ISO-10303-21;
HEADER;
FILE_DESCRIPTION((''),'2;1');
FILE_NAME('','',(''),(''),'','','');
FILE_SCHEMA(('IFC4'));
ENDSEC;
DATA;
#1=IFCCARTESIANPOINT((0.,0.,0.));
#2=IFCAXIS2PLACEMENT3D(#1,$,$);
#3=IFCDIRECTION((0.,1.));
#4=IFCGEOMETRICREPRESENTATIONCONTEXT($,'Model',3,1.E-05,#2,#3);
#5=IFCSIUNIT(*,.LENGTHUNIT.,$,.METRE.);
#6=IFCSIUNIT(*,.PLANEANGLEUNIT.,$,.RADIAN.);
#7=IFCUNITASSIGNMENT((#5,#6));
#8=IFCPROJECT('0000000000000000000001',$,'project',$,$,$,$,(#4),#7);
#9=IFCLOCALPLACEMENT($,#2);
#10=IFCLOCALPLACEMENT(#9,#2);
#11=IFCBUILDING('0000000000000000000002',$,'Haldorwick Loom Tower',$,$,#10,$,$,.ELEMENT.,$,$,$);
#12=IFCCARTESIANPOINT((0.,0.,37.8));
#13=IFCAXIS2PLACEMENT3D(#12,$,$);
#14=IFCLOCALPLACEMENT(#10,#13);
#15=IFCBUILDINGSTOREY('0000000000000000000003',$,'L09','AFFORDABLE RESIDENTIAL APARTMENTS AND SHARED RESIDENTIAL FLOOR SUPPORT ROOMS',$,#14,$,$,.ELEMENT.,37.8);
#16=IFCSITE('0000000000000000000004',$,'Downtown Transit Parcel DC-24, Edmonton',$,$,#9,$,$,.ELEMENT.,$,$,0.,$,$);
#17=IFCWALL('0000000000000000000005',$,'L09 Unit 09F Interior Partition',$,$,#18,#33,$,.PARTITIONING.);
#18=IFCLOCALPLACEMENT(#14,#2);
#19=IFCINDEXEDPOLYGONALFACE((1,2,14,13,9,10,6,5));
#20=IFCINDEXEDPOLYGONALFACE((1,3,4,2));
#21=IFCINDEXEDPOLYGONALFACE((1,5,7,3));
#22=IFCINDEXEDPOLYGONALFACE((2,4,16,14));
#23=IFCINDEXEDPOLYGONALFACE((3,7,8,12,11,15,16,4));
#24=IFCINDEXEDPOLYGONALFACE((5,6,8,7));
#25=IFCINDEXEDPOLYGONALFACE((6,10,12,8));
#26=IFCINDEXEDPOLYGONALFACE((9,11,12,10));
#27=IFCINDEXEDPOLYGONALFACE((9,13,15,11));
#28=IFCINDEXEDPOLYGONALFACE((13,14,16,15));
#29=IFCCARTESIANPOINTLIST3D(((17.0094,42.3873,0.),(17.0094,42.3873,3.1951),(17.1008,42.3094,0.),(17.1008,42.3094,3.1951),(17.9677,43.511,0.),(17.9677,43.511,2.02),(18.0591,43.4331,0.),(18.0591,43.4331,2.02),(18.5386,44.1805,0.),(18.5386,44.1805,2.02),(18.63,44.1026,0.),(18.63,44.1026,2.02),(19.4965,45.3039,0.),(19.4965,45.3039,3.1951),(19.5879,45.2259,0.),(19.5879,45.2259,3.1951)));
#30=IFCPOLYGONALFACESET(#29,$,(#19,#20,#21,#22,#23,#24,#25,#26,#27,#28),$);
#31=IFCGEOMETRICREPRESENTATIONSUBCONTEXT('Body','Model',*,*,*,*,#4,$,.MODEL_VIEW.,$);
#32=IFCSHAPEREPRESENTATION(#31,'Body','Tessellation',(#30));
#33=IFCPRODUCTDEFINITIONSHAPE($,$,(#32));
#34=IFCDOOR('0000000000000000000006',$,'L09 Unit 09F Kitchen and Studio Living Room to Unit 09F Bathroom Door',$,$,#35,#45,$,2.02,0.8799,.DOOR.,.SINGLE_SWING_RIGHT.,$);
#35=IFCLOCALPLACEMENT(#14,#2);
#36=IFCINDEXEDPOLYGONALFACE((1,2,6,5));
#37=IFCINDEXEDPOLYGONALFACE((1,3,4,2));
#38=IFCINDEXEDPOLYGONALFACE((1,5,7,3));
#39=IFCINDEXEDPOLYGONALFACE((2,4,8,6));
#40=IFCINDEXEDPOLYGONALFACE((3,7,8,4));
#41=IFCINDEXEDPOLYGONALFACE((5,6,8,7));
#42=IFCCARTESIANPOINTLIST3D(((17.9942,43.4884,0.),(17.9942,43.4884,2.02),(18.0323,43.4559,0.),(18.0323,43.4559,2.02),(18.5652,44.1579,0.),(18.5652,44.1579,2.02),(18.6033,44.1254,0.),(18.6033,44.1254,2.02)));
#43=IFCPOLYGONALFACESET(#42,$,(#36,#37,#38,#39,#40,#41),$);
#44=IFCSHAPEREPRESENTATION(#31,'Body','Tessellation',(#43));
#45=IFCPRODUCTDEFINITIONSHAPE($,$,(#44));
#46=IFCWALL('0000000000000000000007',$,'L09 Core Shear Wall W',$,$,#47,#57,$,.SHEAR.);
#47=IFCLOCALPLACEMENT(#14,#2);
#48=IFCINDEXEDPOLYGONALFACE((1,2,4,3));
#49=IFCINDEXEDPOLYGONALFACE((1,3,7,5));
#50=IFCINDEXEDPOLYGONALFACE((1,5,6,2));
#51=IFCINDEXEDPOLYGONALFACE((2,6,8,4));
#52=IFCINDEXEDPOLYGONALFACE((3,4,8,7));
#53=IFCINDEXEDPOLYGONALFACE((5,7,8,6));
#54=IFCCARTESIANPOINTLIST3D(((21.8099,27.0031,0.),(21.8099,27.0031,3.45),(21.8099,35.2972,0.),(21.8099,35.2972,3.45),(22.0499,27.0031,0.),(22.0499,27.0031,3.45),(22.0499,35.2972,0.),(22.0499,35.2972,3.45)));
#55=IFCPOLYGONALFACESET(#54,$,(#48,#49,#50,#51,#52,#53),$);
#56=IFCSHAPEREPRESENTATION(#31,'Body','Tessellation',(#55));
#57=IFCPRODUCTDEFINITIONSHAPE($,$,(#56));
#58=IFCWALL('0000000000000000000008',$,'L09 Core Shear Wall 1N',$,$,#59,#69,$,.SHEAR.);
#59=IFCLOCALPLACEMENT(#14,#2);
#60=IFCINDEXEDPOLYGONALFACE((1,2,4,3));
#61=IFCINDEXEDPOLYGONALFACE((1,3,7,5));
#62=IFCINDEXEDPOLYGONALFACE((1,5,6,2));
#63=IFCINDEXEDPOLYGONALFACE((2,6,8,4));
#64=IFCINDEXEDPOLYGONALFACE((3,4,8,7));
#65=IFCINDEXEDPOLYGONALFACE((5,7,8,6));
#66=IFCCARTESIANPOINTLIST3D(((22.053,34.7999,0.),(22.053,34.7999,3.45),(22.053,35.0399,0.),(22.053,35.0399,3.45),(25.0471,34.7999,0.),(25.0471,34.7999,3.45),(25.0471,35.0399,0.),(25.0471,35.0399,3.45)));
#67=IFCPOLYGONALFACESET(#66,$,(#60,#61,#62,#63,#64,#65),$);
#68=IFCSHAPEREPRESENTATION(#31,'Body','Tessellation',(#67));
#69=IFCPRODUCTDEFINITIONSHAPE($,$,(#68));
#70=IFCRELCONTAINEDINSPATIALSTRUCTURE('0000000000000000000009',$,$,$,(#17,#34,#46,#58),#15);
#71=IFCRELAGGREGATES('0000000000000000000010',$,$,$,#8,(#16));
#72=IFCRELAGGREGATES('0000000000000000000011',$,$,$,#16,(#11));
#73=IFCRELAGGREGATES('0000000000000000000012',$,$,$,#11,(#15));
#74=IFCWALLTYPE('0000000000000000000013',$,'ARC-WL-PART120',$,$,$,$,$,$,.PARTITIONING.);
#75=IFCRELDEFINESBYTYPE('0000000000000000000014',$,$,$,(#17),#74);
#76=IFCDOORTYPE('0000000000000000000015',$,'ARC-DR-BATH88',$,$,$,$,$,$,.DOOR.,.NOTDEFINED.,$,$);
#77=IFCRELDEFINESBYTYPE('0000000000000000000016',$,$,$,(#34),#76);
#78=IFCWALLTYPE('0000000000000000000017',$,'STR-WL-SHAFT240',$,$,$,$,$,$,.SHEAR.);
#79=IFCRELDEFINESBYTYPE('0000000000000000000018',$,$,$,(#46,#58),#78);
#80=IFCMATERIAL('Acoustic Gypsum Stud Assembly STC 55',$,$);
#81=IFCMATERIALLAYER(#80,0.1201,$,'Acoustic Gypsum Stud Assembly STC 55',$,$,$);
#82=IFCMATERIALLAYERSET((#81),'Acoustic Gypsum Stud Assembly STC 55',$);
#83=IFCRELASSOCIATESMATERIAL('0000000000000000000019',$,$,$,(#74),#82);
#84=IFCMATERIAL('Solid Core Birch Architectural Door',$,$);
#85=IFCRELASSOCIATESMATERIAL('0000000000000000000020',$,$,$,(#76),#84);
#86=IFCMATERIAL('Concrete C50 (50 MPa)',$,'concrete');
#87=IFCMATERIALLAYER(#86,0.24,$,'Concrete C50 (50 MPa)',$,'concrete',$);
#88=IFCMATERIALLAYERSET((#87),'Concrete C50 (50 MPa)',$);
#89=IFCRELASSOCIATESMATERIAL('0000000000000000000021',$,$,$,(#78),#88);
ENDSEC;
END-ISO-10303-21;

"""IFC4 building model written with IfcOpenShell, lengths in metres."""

from ifc_helpers import new_model, si_unit, direction, frame, frame_2d, origin, place, context, subcontext, project, spatial, rectangle, extrude, material, layer, layer_set, type_object, element, fill, save


model = new_model("IFC4")

# Units and contexts
model_context = context("Model", 3, precision=1e-05, world=origin(), true_north=direction((0.0, 1.0)))
body_context = subcontext(model_context, "Body", "Model", "MODEL_VIEW")
ifc_project = project(units=[si_unit("LENGTHUNIT", "METRE"), si_unit("PLANEANGLEUNIT", "RADIAN")], contexts=[model_context])

# Site, building, storey
site_placement = place(None, origin())
site = spatial("IfcSite", under=ifc_project, at=site_placement, Name="Downtown Transit Parcel DC-24, Edmonton", CompositionType="ELEMENT", RefElevation=0.0)
building_placement = place(site_placement, origin())
building = spatial("IfcBuilding", under=site, at=building_placement, Name="Haldorwick Loom Tower", CompositionType="ELEMENT")
storey_placement = place(building_placement, frame((0.0, 0.0, 37.8)))
storey = spatial("IfcBuildingStorey", under=building, at=storey_placement, Name="L09", Description="AFFORDABLE RESIDENTIAL APARTMENTS AND SHARED RESIDENTIAL FLOOR SUPPORT ROOMS", CompositionType="ELEMENT", Elevation=37.8)

# Shared definitions
ifc_material_1 = material(Name="Solid Core Birch Architectural Door")

# Shared definitions
ifc_material_2 = material(Name="Acoustic Gypsum Stud Assembly STC 55")
ifc_layer_1 = layer(ifc_material_2, 0.1201, Name="Acoustic Gypsum Stud Assembly STC 55")
ifc_layer_set_1 = layer_set([ifc_layer_1], Name="Acoustic Gypsum Stud Assembly STC 55")
wall_type_1 = type_object("IfcWallType", Name="ARC-WL-PART120", PredefinedType="PARTITIONING", material=ifc_layer_set_1)

# Wall, opening, door
wall_1_placement = place(storey_placement, frame((19.5422, 45.2649, 0.0), z_axis=(0.0, 0.0, 1.0), x_axis=(-0.648864, -0.760904, 0.0)))
wall_1 = element("IfcWall", 1, at=wall_1_placement, inside=storey, type_object=wall_type_1, Name="L09 Unit 09F Interior Partition", PredefinedType="PARTITIONING", context=body_context, shape_type="SweptSolid", body=[
    extrude(rectangle(XDim=3.833, YDim=0.1201, at=frame_2d((1.9165, 0.0))), origin(), (0.0, 0.0, 1.0), 3.1951),
])
opening_1_placement = place(wall_1_placement, frame((1.4763, 0.0, 0.0)))
opening_1 = element("IfcOpeningElement", 2, at=opening_1_placement, cuts=wall_1, PredefinedType="OPENING", context=body_context, shape_type="SweptSolid", body=[
    extrude(rectangle(XDim=0.8799, YDim=2.02, at=frame_2d((0.4399, 1.01))), frame((0.0, 0.0701, 0.0), z_axis=(0.0, -1.0, 0.0), x_axis=(1.0, 0.0, 0.0)), (0.0, 0.0, 1.0), 0.1401),
])
door_type_1 = type_object("IfcDoorType", Name="ARC-DR-BATH88", OperationType="NOTDEFINED", PredefinedType="DOOR", material=ifc_material_1)
door_1_placement = place(opening_1_placement, origin())
door_1 = element("IfcDoor", 3, at=door_1_placement, inside=storey, type_object=door_type_1, Name="L09 Unit 09F Kitchen and Studio Living Room to Unit 09F Bathroom Door", OperationType="SINGLE_SWING_RIGHT", OverallHeight=2.02, OverallWidth=0.8799, PredefinedType="DOOR", context=body_context, shape_type="SweptSolid", body=[
    extrude(rectangle(XDim=0.8799, YDim=2.02, at=frame_2d((0.4399, 1.01))), frame((0.0, 0.0249, 0.0), z_axis=(0.0, -1.0, 0.0), x_axis=(1.0, 0.0, 0.0)), (0.0, 0.0, 1.0), 0.05),
])
fill(opening_1, door_1)

# Walls
ifc_material_3 = material(Name="Concrete C50 (50 MPa)", Category="concrete")
ifc_layer_2 = layer(ifc_material_3, 0.24, Name="Concrete C50 (50 MPa)", Category="concrete")
ifc_layer_set_2 = layer_set([ifc_layer_2], Name="Concrete C50 (50 MPa)")
wall_type_2 = type_object("IfcWallType", Name="STR-WL-SHAFT240", PredefinedType="SHEAR", material=ifc_layer_set_2)
wall_2_placement = place(storey_placement, frame((21.9299, 35.2971, 0.0), z_axis=(0.0, 0.0, 1.0), x_axis=(0.0, -1.0, 0.0)))
element("IfcWall", 4, at=wall_2_placement, inside=storey, type_object=wall_type_2, Name="L09 Core Shear Wall W", PredefinedType="SHEAR", context=body_context, shape_type="SweptSolid", body=[
    extrude(rectangle(XDim=8.2942, YDim=0.24, at=frame_2d((4.147, 0.0))), origin(), (0.0, 0.0, 1.0), 3.45),
])
wall_3_placement = place(storey_placement, frame((22.053, 34.9199, 0.0), z_axis=(0.0, 0.0, 1.0), x_axis=(1.0, 0.0, 0.0)))
element("IfcWall", 5, at=wall_3_placement, inside=storey, type_object=wall_type_2, Name="L09 Core Shear Wall 1N", PredefinedType="SHEAR", context=body_context, shape_type="SweptSolid", body=[
    extrude(rectangle(XDim=2.9941, YDim=0.24, at=frame_2d((1.4971, 0.0))), origin(), (0.0, 0.0, 1.0), 3.45),
])

save(model, "model.ifc")
